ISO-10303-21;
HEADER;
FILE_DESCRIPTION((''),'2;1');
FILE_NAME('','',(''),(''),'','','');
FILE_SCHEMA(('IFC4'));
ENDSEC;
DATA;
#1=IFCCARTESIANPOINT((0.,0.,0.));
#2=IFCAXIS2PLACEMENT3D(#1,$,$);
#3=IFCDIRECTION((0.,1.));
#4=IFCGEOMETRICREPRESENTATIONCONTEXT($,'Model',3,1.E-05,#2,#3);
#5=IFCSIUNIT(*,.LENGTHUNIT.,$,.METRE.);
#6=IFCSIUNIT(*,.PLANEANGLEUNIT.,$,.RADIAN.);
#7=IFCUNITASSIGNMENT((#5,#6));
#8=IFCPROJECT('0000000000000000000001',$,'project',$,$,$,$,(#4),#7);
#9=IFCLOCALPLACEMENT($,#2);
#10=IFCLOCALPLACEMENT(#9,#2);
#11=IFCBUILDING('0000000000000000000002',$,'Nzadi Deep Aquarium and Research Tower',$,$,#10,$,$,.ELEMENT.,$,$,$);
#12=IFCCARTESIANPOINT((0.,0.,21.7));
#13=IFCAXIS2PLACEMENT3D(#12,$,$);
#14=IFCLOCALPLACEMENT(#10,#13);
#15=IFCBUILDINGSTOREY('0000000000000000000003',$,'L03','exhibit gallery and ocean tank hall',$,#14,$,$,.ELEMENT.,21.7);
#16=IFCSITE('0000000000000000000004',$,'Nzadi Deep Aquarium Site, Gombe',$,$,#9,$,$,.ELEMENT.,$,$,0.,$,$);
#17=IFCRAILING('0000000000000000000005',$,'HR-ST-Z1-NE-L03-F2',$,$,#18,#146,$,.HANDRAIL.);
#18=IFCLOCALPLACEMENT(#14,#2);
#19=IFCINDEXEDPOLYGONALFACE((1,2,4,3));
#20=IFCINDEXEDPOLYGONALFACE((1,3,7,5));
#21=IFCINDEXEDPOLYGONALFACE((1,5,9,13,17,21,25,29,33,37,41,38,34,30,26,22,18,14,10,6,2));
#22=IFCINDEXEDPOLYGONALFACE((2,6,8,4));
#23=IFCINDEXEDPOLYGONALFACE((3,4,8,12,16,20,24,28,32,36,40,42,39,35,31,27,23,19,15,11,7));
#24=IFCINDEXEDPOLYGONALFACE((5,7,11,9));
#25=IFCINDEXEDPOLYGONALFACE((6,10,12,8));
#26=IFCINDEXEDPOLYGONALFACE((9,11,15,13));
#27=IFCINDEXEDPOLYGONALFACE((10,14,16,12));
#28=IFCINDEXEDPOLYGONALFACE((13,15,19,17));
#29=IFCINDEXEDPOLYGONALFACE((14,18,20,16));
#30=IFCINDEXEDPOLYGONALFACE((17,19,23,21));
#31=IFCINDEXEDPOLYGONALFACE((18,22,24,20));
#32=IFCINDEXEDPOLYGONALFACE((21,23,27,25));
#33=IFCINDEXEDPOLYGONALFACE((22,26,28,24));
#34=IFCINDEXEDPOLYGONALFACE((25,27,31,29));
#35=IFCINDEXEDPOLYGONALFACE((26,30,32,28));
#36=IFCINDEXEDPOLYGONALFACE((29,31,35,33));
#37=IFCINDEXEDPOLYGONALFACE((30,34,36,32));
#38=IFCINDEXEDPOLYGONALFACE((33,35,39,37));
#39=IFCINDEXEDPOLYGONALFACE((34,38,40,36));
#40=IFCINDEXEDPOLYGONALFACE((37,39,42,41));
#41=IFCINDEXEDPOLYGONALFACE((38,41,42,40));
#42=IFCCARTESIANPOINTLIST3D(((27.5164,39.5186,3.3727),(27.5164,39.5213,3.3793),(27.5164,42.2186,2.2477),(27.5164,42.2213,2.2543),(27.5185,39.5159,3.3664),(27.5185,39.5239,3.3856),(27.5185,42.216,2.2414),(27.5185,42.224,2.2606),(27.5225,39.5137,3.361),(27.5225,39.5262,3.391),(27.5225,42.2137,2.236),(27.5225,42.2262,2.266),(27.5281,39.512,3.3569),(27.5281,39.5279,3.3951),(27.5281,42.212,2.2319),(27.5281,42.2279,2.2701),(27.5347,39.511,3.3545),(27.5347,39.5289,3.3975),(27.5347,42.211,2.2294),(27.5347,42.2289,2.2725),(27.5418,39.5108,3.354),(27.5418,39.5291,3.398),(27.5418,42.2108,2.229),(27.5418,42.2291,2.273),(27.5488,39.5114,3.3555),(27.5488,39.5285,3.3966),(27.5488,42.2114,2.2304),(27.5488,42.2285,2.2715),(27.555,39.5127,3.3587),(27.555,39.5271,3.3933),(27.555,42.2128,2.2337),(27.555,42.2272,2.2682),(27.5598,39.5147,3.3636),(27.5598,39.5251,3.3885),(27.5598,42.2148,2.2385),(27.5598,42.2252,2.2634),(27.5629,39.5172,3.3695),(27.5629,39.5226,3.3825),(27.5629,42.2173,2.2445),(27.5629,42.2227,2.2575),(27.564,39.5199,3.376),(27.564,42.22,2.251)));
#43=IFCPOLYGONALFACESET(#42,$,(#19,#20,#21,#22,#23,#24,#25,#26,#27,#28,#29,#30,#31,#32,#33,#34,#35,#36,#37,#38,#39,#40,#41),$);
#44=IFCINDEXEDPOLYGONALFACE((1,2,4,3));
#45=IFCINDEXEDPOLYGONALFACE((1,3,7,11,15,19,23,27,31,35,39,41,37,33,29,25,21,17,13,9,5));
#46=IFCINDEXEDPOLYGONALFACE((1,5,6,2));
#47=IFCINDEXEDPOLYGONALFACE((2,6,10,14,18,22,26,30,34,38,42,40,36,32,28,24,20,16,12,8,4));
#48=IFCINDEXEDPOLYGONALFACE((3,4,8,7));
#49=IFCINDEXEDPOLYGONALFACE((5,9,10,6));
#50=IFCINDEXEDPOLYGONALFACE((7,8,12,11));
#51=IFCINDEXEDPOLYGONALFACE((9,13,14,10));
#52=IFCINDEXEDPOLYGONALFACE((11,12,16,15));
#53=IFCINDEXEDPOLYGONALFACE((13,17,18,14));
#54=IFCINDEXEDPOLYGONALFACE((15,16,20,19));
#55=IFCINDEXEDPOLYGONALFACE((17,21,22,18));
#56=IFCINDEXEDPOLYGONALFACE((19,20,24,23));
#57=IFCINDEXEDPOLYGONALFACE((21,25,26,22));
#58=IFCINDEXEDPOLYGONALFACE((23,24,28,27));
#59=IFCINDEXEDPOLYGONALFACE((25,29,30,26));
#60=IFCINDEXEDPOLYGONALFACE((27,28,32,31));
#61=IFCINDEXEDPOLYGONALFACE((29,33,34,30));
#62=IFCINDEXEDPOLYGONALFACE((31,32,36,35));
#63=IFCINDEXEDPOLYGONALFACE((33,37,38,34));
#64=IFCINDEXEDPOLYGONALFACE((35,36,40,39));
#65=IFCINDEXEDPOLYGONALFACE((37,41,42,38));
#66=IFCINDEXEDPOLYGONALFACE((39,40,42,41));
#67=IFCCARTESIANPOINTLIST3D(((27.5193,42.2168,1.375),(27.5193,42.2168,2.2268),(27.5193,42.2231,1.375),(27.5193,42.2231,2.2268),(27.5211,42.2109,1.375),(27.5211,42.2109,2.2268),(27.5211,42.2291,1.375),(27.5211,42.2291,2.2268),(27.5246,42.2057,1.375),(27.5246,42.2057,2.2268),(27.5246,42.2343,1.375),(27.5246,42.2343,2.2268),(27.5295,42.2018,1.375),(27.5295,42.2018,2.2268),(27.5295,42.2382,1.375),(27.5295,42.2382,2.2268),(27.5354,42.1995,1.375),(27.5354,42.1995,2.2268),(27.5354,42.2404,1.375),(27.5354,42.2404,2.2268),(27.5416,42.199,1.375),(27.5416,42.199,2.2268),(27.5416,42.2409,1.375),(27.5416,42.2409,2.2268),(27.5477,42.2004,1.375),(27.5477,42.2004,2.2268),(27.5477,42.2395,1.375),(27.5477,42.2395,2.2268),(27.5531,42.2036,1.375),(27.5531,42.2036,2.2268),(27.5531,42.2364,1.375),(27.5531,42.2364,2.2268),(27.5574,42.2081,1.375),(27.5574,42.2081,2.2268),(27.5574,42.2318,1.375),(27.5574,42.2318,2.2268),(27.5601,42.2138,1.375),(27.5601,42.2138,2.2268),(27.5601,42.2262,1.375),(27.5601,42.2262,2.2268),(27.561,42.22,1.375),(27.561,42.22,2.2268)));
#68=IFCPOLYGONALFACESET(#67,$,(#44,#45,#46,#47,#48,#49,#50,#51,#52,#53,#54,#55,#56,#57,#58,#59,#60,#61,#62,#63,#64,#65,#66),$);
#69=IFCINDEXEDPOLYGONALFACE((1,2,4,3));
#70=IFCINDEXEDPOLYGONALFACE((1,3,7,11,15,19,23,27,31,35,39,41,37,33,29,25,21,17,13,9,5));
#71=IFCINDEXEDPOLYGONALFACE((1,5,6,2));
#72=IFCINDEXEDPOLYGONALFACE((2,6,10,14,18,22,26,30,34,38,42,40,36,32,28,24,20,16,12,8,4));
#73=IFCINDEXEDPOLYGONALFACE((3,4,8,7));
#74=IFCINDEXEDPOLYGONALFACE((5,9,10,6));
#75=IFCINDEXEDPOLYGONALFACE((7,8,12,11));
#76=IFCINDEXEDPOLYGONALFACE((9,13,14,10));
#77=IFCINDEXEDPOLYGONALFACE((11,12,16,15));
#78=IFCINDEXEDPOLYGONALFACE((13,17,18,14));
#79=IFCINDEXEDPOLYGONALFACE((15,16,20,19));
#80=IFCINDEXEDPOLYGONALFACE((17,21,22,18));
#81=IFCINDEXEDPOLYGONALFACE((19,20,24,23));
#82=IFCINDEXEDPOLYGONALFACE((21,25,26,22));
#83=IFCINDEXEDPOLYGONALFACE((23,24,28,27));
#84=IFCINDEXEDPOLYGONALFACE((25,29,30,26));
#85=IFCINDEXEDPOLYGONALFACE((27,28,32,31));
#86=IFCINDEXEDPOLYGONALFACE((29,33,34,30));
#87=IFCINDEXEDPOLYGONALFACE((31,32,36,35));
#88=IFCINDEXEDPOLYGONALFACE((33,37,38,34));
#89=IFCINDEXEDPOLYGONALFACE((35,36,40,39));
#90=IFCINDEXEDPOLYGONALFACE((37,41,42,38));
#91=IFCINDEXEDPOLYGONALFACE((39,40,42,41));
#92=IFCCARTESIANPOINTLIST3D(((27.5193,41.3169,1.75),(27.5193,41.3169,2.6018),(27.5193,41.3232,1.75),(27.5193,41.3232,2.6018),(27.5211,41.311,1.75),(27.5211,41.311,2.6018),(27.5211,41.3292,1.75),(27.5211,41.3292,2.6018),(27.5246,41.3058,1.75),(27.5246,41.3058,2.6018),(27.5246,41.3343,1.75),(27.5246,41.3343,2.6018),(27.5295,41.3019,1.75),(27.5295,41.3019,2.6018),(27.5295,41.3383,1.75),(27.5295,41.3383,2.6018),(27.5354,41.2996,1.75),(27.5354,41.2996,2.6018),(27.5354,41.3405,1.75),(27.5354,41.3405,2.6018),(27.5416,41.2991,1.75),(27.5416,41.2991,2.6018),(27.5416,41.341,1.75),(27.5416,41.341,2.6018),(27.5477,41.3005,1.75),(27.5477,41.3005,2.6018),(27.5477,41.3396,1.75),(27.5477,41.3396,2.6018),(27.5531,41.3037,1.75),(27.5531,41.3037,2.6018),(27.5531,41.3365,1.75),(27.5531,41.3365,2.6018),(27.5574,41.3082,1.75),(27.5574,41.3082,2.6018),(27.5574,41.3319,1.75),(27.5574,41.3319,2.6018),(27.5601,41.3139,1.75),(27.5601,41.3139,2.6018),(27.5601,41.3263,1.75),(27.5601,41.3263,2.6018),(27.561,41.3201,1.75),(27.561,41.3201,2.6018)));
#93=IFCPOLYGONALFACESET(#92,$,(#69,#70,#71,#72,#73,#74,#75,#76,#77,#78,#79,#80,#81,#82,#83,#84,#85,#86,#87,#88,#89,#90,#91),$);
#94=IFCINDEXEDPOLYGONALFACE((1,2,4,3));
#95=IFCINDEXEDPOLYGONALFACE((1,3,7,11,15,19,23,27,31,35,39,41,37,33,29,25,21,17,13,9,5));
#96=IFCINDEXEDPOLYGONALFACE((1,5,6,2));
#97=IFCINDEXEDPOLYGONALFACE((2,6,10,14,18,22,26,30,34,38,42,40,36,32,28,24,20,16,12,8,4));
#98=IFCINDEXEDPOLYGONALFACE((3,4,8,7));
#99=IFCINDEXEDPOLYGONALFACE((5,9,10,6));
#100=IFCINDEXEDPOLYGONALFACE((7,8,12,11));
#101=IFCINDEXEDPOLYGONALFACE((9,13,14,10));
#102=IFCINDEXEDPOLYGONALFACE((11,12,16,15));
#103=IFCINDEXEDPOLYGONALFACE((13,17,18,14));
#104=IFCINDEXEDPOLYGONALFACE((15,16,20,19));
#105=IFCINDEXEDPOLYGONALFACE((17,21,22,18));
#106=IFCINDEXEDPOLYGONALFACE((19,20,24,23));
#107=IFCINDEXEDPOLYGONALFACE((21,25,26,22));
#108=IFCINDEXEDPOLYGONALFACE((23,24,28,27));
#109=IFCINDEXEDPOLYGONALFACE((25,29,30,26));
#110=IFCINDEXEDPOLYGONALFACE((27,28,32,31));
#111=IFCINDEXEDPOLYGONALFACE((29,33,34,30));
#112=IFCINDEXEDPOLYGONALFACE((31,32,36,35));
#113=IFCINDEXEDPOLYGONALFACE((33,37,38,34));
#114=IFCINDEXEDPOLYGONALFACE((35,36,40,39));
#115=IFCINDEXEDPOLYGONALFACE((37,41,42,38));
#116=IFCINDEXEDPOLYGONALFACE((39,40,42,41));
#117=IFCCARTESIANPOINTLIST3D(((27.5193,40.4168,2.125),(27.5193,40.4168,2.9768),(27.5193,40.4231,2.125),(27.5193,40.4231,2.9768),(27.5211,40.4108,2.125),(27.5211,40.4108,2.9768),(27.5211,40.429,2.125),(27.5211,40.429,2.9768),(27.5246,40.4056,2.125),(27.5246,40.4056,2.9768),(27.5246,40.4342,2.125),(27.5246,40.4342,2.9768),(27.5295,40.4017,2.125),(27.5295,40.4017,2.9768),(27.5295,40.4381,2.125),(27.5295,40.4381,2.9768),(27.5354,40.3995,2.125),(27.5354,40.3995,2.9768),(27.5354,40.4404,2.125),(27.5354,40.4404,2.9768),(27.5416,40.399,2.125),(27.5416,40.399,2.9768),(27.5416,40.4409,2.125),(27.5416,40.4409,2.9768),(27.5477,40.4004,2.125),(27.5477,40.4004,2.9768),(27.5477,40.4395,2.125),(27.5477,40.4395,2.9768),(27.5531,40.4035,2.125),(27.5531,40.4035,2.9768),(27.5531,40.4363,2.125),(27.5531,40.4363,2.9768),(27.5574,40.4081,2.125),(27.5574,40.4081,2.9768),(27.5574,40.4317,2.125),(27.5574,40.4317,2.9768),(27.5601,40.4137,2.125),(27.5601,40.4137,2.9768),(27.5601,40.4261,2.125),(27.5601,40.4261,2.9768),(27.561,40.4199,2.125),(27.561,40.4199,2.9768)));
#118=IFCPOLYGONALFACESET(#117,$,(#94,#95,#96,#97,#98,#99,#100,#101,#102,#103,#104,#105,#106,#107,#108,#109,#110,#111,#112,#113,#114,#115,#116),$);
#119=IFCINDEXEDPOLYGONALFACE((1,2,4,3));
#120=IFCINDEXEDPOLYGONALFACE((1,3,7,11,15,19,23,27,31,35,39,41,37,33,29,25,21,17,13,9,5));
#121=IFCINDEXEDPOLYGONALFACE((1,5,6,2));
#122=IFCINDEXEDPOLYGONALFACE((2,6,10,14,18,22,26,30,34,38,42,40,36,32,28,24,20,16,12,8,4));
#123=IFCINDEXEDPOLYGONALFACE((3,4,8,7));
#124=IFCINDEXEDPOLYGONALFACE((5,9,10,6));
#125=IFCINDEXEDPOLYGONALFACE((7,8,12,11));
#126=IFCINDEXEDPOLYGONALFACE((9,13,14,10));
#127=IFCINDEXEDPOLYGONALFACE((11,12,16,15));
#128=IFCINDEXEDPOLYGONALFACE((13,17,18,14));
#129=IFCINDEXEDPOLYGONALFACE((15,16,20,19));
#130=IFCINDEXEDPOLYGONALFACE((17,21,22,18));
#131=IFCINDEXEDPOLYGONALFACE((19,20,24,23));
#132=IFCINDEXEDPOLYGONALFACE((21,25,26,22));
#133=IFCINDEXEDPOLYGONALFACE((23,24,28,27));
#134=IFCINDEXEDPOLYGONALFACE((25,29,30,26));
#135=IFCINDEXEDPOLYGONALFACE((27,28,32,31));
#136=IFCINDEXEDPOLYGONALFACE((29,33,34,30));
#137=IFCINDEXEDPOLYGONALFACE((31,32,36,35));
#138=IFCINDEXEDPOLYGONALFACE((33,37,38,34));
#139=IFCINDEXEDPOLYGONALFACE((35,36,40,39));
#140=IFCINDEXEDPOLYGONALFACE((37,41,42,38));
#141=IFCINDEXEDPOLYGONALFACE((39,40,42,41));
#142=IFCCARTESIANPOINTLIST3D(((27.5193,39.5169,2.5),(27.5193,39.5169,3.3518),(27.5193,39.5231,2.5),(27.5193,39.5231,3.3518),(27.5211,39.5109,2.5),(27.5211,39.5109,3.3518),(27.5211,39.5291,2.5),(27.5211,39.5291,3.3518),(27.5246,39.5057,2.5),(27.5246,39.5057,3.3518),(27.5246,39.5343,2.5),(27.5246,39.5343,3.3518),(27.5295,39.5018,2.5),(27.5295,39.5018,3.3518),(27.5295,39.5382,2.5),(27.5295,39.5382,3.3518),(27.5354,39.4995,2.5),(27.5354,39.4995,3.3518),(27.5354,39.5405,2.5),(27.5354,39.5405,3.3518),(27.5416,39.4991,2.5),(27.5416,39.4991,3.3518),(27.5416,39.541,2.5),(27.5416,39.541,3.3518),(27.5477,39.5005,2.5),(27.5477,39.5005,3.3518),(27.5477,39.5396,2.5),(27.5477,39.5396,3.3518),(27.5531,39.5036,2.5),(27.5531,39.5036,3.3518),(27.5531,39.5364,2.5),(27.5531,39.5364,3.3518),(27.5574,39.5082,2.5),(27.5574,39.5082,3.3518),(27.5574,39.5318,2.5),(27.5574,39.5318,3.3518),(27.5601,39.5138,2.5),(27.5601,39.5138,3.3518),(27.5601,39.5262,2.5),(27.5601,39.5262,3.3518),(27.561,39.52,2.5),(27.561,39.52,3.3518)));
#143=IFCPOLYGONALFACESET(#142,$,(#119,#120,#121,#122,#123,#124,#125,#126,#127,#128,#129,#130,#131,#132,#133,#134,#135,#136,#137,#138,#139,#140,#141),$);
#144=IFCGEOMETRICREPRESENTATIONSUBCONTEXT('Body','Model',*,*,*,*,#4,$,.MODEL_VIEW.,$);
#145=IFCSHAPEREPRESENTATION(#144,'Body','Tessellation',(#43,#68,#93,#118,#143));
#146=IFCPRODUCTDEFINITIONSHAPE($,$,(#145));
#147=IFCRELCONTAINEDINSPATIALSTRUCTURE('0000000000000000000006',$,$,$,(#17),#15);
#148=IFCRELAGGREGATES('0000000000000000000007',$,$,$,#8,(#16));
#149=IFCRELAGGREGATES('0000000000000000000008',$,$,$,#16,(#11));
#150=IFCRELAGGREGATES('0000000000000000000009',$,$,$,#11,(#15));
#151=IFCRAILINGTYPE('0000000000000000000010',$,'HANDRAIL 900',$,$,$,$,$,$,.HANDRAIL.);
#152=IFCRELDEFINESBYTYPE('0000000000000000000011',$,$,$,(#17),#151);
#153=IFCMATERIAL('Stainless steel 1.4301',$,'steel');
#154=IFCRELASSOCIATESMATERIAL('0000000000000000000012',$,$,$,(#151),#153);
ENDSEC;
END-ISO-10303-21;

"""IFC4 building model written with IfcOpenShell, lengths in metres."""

from ifc_helpers import new_model, si_unit, direction, frame, origin, origin_2d, place, context, subcontext, project, spatial, circle, extrude, material, type_object, element, save


model = new_model("IFC4")

# Units and contexts
model_context = context("Model", 3, precision=1e-05, world=origin(), true_north=direction((0.0, 1.0)))
body_context = subcontext(model_context, "Body", "Model", "MODEL_VIEW")
ifc_project = project(units=[si_unit("LENGTHUNIT", "METRE"), si_unit("PLANEANGLEUNIT", "RADIAN")], contexts=[model_context])

# Site, building, storey
site_placement = place(None, origin())
site = spatial("IfcSite", under=ifc_project, at=site_placement, Name="Nzadi Deep Aquarium Site, Gombe", CompositionType="ELEMENT", RefElevation=0.0)
building_placement = place(site_placement, origin())
building = spatial("IfcBuilding", under=site, at=building_placement, Name="Nzadi Deep Aquarium and Research Tower", CompositionType="ELEMENT")
storey_placement = place(building_placement, frame((0.0, 0.0, 21.7)))
storey = spatial("IfcBuildingStorey", under=building, at=storey_placement, Name="L03", Description="exhibit gallery and ocean tank hall", CompositionType="ELEMENT", Elevation=21.7)

# Railing
ifc_material_1 = material(Name="Stainless steel 1.4301", Category="steel")
railing_type = type_object("IfcRailingType", Name="HANDRAIL 900", PredefinedType="HANDRAIL", material=ifc_material_1)
for number, where, name in (
    (1, (27.54, 42.22, 1.375), "HR-ST-Z1-NE-L03-F2"),
):
    element("IfcRailing", number, at=place(storey_placement, frame(where)), inside=storey, type_object=railing_type, Name=name, PredefinedType="HANDRAIL", context=body_context, shape_type="SweptSolid", body=[
        extrude(circle(Radius=0.0239, at=origin_2d()), frame((0.0, 0.0, 0.876), z_axis=(0.0, -0.923074, 0.384621), x_axis=(1.0, 0.0, 0.0)), (0.0, 0.0, 1.0), 2.925),
        extrude(circle(Radius=0.021, at=origin_2d()), origin(), (0.0, 0.0, 1.0), 0.8518),
        extrude(circle(Radius=0.021, at=origin_2d()), frame((0.0, -0.8999, 0.375)), (0.0, 0.0, 1.0), 0.8518),
        extrude(circle(Radius=0.021, at=origin_2d()), frame((0.0, -1.8, 0.75)), (0.0, 0.0, 1.0), 0.8518),
        extrude(circle(Radius=0.021, at=origin_2d()), frame((0.0, -2.7, 1.125)), (0.0, 0.0, 1.0), 0.8518),
    ])

save(model, "model.ifc")
